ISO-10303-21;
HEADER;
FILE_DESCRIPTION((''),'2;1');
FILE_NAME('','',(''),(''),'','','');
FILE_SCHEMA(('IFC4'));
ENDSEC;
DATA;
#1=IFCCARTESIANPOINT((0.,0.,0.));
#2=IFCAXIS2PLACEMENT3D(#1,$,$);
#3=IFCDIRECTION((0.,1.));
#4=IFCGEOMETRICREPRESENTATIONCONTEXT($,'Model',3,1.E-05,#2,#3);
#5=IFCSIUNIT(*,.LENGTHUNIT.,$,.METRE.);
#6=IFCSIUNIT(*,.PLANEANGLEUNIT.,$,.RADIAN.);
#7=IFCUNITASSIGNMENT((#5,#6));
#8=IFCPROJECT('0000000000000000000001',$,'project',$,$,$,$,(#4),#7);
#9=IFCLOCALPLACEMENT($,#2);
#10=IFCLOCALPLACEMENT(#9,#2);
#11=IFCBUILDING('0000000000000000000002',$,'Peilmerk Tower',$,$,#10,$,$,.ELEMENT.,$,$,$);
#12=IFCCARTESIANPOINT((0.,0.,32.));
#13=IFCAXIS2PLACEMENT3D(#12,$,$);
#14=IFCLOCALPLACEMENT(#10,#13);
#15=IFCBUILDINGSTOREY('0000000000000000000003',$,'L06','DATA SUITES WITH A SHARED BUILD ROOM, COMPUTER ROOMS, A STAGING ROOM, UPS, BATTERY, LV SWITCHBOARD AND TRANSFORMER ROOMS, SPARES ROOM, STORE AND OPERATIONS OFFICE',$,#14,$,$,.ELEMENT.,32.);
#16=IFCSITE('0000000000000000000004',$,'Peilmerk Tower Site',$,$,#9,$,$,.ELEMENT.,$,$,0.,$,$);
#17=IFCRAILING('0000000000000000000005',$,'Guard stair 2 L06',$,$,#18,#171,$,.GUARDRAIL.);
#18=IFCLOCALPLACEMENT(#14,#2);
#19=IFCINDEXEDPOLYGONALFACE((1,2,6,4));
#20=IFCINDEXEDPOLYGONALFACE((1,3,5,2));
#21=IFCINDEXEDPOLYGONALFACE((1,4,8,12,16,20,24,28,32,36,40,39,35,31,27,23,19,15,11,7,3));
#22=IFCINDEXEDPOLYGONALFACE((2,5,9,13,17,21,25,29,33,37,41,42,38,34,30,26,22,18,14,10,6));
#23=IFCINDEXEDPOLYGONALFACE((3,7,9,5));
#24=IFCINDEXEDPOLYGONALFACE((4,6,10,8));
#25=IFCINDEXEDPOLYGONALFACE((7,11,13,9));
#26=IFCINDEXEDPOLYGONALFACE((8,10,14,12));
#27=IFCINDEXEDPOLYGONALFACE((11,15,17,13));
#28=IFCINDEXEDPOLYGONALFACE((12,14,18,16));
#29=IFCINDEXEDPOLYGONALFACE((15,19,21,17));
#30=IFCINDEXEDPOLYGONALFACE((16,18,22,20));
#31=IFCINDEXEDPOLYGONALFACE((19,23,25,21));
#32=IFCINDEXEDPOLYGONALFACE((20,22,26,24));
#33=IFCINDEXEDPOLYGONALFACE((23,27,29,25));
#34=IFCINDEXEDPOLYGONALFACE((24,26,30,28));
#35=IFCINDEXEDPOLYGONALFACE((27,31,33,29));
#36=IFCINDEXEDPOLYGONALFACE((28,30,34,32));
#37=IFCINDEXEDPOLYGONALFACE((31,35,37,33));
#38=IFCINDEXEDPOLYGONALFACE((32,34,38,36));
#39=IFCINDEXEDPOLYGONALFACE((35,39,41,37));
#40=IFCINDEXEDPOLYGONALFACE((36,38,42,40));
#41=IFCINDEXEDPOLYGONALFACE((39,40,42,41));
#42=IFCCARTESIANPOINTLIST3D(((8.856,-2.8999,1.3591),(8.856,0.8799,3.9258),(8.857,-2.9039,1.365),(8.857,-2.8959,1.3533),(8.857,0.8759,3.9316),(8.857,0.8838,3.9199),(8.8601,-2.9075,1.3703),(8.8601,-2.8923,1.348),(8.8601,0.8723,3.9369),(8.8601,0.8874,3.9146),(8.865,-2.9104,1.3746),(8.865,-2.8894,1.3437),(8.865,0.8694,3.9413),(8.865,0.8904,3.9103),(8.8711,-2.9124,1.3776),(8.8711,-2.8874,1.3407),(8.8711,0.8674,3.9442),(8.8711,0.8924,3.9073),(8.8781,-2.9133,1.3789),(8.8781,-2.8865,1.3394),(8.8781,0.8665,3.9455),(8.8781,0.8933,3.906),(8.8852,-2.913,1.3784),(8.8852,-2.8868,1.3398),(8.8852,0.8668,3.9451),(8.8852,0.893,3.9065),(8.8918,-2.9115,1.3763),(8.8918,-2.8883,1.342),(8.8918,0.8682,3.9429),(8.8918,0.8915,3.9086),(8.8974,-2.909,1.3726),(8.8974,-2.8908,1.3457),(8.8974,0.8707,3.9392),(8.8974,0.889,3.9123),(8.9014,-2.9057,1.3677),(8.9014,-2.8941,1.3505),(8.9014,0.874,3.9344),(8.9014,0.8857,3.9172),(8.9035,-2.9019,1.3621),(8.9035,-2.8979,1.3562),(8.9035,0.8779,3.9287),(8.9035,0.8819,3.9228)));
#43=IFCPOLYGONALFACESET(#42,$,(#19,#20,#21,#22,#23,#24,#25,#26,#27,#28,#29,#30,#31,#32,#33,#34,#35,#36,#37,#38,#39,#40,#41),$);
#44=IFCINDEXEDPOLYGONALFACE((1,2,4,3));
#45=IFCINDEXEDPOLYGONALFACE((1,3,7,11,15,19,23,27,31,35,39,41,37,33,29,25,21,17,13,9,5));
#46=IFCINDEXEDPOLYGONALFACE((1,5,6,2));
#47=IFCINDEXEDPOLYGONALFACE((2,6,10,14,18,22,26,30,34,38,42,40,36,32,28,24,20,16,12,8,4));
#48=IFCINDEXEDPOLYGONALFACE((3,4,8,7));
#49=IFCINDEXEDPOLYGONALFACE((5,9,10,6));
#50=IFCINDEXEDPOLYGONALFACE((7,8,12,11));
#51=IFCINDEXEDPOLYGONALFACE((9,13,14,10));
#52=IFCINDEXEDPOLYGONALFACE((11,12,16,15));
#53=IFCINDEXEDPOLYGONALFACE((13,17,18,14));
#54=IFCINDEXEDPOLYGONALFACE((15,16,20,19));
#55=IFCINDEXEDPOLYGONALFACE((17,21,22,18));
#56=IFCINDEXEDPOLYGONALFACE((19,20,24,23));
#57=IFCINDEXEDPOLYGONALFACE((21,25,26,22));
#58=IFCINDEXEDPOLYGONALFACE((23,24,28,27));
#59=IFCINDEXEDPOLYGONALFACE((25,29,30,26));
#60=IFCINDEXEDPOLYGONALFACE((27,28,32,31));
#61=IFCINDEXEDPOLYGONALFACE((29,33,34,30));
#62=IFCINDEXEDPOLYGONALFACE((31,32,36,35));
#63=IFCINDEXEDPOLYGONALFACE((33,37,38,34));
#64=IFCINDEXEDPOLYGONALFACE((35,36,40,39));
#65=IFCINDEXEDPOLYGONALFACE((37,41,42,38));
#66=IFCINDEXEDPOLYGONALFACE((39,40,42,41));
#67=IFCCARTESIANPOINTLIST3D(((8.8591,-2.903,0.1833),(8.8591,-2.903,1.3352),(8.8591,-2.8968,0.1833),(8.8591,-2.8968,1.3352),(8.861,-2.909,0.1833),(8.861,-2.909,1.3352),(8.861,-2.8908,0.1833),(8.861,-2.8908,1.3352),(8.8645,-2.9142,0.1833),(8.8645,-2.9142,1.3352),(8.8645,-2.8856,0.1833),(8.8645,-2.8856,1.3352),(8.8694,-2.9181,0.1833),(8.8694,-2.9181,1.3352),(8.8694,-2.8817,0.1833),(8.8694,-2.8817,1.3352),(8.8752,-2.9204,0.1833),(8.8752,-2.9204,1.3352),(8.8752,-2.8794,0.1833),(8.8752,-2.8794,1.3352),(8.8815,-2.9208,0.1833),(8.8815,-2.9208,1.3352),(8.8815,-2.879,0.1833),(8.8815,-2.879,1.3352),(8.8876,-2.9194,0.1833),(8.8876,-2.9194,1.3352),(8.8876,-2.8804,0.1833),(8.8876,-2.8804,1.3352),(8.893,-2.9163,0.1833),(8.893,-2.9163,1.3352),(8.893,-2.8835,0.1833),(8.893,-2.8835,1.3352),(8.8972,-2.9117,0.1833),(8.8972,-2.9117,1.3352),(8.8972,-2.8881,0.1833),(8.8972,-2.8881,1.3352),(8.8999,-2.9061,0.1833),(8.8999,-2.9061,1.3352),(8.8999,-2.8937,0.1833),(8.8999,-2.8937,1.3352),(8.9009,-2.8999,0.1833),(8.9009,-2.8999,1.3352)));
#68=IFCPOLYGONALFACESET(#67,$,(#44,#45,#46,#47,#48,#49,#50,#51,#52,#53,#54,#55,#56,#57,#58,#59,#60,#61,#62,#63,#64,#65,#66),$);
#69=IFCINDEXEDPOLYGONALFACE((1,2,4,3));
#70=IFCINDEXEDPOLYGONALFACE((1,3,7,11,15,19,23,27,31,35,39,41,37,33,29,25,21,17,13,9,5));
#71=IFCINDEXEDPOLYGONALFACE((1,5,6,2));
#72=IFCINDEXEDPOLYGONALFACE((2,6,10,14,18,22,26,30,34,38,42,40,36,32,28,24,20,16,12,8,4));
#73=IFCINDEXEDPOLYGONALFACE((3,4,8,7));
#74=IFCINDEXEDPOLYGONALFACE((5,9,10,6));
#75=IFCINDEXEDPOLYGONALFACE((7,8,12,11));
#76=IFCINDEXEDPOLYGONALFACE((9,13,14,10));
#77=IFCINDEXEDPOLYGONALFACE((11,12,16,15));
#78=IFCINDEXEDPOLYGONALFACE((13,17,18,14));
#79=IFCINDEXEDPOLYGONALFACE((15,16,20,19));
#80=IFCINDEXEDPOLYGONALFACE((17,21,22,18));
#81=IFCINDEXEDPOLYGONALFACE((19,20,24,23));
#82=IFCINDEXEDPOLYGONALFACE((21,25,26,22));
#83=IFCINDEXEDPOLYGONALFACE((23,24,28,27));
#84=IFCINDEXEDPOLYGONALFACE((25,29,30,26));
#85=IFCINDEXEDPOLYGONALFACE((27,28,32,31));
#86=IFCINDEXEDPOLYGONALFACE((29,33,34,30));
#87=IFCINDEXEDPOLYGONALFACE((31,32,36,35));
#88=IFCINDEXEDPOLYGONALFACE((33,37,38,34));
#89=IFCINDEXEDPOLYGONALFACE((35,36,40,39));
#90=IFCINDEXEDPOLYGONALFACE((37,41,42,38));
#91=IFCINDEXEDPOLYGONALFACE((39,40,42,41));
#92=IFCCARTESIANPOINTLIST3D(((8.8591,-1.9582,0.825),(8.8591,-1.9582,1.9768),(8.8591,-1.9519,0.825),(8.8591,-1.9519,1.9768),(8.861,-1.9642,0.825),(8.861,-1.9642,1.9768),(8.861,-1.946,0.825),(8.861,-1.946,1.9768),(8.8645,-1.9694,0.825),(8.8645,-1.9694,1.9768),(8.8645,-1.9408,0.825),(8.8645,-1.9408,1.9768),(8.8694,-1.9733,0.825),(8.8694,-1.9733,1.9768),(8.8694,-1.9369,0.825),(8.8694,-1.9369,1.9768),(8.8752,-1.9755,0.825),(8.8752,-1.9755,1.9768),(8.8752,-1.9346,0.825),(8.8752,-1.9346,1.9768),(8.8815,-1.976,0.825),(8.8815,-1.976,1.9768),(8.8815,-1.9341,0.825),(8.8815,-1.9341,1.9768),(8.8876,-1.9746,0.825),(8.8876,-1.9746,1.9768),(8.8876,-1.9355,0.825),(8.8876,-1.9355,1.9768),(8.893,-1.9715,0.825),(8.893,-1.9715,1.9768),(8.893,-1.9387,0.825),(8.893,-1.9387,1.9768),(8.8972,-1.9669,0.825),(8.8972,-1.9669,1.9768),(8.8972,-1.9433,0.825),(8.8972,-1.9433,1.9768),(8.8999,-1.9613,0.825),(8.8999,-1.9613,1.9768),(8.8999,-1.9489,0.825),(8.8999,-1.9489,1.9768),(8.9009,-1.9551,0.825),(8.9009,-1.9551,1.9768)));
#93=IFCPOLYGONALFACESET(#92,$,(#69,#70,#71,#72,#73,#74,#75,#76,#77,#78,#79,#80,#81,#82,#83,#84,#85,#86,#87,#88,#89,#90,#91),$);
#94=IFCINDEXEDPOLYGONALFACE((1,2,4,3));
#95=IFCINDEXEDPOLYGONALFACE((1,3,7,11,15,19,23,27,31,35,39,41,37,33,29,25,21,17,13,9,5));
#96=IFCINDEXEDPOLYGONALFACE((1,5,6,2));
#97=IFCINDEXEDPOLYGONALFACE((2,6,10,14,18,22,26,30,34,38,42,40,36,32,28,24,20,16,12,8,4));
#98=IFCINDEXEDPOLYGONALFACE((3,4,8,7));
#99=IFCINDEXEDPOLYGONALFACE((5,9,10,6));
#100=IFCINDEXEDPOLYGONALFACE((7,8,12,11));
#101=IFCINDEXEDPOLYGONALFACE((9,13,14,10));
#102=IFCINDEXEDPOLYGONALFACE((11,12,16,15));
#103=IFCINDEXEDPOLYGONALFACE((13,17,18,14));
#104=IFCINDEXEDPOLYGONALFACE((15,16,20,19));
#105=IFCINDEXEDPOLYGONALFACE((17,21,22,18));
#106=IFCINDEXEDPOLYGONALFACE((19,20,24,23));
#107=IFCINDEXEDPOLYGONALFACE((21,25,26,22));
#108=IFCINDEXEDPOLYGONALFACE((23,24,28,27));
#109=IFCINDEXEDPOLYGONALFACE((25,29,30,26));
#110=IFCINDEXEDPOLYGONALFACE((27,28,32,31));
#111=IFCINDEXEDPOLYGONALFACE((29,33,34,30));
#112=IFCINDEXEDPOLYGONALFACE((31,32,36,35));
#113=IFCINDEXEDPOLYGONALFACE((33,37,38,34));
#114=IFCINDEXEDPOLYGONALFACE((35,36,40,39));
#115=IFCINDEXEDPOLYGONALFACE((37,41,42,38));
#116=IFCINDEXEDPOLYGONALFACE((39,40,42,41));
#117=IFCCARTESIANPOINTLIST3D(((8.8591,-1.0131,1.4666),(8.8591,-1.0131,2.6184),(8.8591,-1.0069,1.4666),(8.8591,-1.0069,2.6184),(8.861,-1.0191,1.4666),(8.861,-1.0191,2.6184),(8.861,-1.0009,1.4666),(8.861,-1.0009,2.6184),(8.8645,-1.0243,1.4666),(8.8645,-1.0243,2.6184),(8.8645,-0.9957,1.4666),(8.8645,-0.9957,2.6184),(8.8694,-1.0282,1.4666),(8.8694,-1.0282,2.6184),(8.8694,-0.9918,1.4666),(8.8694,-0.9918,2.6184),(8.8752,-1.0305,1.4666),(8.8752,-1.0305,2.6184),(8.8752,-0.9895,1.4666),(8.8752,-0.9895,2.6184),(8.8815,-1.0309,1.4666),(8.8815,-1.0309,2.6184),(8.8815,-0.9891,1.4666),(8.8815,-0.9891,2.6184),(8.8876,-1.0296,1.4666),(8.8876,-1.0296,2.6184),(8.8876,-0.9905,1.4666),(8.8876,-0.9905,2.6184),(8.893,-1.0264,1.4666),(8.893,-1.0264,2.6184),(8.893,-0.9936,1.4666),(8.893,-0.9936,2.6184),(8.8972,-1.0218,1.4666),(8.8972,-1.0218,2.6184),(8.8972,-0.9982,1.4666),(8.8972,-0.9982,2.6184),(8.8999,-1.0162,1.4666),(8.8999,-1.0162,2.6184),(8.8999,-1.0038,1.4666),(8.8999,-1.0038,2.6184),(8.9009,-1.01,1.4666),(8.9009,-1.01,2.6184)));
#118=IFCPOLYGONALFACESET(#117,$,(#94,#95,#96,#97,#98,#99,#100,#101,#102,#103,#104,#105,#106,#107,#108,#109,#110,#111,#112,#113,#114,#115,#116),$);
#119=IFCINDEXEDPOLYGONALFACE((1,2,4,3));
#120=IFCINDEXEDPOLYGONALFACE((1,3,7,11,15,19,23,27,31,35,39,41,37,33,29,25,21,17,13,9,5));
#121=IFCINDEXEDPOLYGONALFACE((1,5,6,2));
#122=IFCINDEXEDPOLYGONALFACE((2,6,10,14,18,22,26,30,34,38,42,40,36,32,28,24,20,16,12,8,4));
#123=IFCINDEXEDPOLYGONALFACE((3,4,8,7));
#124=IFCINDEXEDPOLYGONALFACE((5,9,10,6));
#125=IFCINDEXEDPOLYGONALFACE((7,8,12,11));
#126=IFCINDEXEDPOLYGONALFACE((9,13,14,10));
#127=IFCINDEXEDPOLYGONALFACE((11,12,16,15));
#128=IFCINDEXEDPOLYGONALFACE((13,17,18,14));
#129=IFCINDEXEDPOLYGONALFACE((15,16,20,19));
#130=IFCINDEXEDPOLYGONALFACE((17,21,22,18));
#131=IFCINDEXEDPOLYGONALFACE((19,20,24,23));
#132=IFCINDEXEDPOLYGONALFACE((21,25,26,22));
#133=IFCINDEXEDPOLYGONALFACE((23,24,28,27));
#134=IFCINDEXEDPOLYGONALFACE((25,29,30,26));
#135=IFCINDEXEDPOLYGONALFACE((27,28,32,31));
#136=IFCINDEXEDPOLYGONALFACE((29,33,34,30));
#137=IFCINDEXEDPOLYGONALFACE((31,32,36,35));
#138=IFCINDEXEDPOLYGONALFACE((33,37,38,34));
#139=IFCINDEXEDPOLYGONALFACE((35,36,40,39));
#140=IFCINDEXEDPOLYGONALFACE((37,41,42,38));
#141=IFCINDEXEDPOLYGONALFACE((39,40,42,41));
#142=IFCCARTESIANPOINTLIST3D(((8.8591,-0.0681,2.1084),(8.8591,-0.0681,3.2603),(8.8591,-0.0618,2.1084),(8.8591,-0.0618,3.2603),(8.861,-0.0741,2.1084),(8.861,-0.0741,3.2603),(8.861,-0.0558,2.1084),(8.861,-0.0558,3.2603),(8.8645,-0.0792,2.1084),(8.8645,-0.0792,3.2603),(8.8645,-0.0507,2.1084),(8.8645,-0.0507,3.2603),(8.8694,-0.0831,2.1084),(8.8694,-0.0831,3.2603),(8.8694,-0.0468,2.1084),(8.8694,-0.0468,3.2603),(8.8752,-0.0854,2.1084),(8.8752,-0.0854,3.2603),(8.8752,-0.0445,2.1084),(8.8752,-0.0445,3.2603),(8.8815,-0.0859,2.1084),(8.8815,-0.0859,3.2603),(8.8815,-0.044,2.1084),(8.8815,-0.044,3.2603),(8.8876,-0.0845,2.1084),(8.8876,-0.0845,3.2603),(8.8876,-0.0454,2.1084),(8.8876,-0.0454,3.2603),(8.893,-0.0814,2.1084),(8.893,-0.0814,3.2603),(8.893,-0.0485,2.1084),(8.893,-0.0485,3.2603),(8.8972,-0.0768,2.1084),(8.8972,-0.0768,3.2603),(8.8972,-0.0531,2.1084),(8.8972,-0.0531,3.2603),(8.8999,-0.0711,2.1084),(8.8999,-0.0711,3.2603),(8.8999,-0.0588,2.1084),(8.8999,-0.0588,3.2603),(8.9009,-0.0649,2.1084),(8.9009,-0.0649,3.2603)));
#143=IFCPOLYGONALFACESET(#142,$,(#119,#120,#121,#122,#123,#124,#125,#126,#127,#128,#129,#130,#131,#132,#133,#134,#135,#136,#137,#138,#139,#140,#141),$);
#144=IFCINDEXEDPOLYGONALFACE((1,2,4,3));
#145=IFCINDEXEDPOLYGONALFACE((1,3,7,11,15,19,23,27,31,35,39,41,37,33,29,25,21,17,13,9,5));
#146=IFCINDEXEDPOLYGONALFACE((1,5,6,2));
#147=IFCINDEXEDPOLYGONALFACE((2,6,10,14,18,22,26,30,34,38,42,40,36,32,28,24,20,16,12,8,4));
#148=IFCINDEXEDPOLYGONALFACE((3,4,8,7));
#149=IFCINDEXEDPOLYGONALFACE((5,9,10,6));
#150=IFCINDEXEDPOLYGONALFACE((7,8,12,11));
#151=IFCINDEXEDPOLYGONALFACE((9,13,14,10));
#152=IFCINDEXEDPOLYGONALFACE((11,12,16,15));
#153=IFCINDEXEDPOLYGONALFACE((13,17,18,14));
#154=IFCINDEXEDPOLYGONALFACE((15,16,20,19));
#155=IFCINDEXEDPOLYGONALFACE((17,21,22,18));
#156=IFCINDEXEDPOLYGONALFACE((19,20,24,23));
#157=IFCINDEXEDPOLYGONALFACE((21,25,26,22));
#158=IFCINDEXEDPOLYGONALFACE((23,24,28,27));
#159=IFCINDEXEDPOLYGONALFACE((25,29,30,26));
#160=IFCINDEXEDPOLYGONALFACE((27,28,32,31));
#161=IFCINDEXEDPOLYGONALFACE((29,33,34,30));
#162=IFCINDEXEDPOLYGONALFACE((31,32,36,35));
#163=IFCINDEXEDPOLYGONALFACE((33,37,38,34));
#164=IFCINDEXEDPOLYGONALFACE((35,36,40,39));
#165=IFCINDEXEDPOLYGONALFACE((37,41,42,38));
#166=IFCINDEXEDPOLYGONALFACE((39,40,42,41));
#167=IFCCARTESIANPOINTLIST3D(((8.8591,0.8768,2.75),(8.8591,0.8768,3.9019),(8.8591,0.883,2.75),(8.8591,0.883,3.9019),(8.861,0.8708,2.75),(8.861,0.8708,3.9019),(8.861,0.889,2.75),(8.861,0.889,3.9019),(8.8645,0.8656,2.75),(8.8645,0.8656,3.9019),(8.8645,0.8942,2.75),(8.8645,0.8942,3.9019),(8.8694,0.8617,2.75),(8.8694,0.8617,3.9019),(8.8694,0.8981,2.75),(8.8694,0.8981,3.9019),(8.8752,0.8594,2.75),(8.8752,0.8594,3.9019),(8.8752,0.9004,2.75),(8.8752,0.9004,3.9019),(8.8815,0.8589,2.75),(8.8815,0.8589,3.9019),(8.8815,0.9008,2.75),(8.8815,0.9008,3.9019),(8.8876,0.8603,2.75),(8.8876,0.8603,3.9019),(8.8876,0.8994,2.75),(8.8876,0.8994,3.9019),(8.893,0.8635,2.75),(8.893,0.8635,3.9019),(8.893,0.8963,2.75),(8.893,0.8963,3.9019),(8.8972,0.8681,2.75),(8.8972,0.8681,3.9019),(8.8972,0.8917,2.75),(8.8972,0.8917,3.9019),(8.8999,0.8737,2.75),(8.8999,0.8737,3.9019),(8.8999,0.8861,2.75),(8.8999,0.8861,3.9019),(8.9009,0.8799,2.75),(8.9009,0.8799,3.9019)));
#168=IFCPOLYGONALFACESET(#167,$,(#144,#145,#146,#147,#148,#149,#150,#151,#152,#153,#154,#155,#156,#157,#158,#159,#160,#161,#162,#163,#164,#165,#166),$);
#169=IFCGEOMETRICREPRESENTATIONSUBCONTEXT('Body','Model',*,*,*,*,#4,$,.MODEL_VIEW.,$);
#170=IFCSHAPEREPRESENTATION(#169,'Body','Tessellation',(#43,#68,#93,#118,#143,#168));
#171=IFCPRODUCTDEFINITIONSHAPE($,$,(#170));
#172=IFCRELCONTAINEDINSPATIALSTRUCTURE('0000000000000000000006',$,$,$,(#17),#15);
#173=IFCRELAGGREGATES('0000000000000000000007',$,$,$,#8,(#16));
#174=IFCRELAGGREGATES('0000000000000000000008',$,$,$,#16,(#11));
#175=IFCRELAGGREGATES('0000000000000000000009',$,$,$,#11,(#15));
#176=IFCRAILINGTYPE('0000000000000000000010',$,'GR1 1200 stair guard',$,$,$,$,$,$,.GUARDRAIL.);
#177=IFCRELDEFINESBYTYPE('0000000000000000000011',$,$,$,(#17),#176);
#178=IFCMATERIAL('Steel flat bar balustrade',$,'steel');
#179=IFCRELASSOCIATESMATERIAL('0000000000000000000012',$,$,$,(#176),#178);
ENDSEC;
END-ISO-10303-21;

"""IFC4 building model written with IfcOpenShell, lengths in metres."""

from ifc_helpers import new_model, si_unit, direction, frame, origin, origin_2d, place, context, subcontext, project, spatial, circle, extrude, material, type_object, element, save


model = new_model("IFC4")

# Units and contexts
model_context = context("Model", 3, precision=1e-05, world=origin(), true_north=direction((0.0, 1.0)))
body_context = subcontext(model_context, "Body", "Model", "MODEL_VIEW")
ifc_project = project(units=[si_unit("LENGTHUNIT", "METRE"), si_unit("PLANEANGLEUNIT", "RADIAN")], contexts=[model_context])

# Site, building, storey
site_placement = place(None, origin())
site = spatial("IfcSite", under=ifc_project, at=site_placement, Name="Peilmerk Tower Site", CompositionType="ELEMENT", RefElevation=0.0)
building_placement = place(site_placement, origin())
building = spatial("IfcBuilding", under=site, at=building_placement, Name="Peilmerk Tower", CompositionType="ELEMENT")
storey_placement = place(building_placement, frame((0.0, 0.0, 32.0)))
storey = spatial("IfcBuildingStorey", under=building, at=storey_placement, Name="L06", Description="DATA SUITES WITH A SHARED BUILD ROOM, COMPUTER ROOMS, A STAGING ROOM, UPS, BATTERY, LV SWITCHBOARD AND TRANSFORMER ROOMS, SPARES ROOM, STORE AND OPERATIONS OFFICE", CompositionType="ELEMENT", Elevation=32.0)

# Railing
ifc_material_1 = material(Name="Steel flat bar balustrade", Category="steel")
railing_type_1 = type_object("IfcRailingType", Name="GR1 1200 stair guard", PredefinedType="GUARDRAIL", material=ifc_material_1)
railing_1_placement = place(storey_placement, frame((8.8799, -2.8999, 0.1833)))
element("IfcRailing", 1, at=railing_1_placement, inside=storey, type_object=railing_type_1, Name="Guard stair 2 L06", PredefinedType="GUARDRAIL", context=body_context, shape_type="SweptSolid", body=[
    extrude(circle(Radius=0.0239, at=origin_2d()), frame((0.0, 0.0, 1.1758), z_axis=(0.0, 0.827293, 0.561771), x_axis=(-1.0, 0.0, 0.0)), (0.0, 0.0, 1.0), 4.5688),
    extrude(circle(Radius=0.021, at=origin_2d()), origin(), (0.0, 0.0, 1.0), 1.1519),
    extrude(circle(Radius=0.021, at=origin_2d()), frame((0.0, 0.9448, 0.6416)), (0.0, 0.0, 1.0), 1.1519),
    extrude(circle(Radius=0.021, at=origin_2d()), frame((0.0, 1.8899, 1.2832)), (0.0, 0.0, 1.0), 1.1519),
    extrude(circle(Radius=0.021, at=origin_2d()), frame((0.0, 2.835, 1.925)), (0.0, 0.0, 1.0), 1.1519),
    extrude(circle(Radius=0.021, at=origin_2d()), frame((0.0, 3.7798, 2.5667)), (0.0, 0.0, 1.0), 1.1519),
])

save(model, "model.ifc")
